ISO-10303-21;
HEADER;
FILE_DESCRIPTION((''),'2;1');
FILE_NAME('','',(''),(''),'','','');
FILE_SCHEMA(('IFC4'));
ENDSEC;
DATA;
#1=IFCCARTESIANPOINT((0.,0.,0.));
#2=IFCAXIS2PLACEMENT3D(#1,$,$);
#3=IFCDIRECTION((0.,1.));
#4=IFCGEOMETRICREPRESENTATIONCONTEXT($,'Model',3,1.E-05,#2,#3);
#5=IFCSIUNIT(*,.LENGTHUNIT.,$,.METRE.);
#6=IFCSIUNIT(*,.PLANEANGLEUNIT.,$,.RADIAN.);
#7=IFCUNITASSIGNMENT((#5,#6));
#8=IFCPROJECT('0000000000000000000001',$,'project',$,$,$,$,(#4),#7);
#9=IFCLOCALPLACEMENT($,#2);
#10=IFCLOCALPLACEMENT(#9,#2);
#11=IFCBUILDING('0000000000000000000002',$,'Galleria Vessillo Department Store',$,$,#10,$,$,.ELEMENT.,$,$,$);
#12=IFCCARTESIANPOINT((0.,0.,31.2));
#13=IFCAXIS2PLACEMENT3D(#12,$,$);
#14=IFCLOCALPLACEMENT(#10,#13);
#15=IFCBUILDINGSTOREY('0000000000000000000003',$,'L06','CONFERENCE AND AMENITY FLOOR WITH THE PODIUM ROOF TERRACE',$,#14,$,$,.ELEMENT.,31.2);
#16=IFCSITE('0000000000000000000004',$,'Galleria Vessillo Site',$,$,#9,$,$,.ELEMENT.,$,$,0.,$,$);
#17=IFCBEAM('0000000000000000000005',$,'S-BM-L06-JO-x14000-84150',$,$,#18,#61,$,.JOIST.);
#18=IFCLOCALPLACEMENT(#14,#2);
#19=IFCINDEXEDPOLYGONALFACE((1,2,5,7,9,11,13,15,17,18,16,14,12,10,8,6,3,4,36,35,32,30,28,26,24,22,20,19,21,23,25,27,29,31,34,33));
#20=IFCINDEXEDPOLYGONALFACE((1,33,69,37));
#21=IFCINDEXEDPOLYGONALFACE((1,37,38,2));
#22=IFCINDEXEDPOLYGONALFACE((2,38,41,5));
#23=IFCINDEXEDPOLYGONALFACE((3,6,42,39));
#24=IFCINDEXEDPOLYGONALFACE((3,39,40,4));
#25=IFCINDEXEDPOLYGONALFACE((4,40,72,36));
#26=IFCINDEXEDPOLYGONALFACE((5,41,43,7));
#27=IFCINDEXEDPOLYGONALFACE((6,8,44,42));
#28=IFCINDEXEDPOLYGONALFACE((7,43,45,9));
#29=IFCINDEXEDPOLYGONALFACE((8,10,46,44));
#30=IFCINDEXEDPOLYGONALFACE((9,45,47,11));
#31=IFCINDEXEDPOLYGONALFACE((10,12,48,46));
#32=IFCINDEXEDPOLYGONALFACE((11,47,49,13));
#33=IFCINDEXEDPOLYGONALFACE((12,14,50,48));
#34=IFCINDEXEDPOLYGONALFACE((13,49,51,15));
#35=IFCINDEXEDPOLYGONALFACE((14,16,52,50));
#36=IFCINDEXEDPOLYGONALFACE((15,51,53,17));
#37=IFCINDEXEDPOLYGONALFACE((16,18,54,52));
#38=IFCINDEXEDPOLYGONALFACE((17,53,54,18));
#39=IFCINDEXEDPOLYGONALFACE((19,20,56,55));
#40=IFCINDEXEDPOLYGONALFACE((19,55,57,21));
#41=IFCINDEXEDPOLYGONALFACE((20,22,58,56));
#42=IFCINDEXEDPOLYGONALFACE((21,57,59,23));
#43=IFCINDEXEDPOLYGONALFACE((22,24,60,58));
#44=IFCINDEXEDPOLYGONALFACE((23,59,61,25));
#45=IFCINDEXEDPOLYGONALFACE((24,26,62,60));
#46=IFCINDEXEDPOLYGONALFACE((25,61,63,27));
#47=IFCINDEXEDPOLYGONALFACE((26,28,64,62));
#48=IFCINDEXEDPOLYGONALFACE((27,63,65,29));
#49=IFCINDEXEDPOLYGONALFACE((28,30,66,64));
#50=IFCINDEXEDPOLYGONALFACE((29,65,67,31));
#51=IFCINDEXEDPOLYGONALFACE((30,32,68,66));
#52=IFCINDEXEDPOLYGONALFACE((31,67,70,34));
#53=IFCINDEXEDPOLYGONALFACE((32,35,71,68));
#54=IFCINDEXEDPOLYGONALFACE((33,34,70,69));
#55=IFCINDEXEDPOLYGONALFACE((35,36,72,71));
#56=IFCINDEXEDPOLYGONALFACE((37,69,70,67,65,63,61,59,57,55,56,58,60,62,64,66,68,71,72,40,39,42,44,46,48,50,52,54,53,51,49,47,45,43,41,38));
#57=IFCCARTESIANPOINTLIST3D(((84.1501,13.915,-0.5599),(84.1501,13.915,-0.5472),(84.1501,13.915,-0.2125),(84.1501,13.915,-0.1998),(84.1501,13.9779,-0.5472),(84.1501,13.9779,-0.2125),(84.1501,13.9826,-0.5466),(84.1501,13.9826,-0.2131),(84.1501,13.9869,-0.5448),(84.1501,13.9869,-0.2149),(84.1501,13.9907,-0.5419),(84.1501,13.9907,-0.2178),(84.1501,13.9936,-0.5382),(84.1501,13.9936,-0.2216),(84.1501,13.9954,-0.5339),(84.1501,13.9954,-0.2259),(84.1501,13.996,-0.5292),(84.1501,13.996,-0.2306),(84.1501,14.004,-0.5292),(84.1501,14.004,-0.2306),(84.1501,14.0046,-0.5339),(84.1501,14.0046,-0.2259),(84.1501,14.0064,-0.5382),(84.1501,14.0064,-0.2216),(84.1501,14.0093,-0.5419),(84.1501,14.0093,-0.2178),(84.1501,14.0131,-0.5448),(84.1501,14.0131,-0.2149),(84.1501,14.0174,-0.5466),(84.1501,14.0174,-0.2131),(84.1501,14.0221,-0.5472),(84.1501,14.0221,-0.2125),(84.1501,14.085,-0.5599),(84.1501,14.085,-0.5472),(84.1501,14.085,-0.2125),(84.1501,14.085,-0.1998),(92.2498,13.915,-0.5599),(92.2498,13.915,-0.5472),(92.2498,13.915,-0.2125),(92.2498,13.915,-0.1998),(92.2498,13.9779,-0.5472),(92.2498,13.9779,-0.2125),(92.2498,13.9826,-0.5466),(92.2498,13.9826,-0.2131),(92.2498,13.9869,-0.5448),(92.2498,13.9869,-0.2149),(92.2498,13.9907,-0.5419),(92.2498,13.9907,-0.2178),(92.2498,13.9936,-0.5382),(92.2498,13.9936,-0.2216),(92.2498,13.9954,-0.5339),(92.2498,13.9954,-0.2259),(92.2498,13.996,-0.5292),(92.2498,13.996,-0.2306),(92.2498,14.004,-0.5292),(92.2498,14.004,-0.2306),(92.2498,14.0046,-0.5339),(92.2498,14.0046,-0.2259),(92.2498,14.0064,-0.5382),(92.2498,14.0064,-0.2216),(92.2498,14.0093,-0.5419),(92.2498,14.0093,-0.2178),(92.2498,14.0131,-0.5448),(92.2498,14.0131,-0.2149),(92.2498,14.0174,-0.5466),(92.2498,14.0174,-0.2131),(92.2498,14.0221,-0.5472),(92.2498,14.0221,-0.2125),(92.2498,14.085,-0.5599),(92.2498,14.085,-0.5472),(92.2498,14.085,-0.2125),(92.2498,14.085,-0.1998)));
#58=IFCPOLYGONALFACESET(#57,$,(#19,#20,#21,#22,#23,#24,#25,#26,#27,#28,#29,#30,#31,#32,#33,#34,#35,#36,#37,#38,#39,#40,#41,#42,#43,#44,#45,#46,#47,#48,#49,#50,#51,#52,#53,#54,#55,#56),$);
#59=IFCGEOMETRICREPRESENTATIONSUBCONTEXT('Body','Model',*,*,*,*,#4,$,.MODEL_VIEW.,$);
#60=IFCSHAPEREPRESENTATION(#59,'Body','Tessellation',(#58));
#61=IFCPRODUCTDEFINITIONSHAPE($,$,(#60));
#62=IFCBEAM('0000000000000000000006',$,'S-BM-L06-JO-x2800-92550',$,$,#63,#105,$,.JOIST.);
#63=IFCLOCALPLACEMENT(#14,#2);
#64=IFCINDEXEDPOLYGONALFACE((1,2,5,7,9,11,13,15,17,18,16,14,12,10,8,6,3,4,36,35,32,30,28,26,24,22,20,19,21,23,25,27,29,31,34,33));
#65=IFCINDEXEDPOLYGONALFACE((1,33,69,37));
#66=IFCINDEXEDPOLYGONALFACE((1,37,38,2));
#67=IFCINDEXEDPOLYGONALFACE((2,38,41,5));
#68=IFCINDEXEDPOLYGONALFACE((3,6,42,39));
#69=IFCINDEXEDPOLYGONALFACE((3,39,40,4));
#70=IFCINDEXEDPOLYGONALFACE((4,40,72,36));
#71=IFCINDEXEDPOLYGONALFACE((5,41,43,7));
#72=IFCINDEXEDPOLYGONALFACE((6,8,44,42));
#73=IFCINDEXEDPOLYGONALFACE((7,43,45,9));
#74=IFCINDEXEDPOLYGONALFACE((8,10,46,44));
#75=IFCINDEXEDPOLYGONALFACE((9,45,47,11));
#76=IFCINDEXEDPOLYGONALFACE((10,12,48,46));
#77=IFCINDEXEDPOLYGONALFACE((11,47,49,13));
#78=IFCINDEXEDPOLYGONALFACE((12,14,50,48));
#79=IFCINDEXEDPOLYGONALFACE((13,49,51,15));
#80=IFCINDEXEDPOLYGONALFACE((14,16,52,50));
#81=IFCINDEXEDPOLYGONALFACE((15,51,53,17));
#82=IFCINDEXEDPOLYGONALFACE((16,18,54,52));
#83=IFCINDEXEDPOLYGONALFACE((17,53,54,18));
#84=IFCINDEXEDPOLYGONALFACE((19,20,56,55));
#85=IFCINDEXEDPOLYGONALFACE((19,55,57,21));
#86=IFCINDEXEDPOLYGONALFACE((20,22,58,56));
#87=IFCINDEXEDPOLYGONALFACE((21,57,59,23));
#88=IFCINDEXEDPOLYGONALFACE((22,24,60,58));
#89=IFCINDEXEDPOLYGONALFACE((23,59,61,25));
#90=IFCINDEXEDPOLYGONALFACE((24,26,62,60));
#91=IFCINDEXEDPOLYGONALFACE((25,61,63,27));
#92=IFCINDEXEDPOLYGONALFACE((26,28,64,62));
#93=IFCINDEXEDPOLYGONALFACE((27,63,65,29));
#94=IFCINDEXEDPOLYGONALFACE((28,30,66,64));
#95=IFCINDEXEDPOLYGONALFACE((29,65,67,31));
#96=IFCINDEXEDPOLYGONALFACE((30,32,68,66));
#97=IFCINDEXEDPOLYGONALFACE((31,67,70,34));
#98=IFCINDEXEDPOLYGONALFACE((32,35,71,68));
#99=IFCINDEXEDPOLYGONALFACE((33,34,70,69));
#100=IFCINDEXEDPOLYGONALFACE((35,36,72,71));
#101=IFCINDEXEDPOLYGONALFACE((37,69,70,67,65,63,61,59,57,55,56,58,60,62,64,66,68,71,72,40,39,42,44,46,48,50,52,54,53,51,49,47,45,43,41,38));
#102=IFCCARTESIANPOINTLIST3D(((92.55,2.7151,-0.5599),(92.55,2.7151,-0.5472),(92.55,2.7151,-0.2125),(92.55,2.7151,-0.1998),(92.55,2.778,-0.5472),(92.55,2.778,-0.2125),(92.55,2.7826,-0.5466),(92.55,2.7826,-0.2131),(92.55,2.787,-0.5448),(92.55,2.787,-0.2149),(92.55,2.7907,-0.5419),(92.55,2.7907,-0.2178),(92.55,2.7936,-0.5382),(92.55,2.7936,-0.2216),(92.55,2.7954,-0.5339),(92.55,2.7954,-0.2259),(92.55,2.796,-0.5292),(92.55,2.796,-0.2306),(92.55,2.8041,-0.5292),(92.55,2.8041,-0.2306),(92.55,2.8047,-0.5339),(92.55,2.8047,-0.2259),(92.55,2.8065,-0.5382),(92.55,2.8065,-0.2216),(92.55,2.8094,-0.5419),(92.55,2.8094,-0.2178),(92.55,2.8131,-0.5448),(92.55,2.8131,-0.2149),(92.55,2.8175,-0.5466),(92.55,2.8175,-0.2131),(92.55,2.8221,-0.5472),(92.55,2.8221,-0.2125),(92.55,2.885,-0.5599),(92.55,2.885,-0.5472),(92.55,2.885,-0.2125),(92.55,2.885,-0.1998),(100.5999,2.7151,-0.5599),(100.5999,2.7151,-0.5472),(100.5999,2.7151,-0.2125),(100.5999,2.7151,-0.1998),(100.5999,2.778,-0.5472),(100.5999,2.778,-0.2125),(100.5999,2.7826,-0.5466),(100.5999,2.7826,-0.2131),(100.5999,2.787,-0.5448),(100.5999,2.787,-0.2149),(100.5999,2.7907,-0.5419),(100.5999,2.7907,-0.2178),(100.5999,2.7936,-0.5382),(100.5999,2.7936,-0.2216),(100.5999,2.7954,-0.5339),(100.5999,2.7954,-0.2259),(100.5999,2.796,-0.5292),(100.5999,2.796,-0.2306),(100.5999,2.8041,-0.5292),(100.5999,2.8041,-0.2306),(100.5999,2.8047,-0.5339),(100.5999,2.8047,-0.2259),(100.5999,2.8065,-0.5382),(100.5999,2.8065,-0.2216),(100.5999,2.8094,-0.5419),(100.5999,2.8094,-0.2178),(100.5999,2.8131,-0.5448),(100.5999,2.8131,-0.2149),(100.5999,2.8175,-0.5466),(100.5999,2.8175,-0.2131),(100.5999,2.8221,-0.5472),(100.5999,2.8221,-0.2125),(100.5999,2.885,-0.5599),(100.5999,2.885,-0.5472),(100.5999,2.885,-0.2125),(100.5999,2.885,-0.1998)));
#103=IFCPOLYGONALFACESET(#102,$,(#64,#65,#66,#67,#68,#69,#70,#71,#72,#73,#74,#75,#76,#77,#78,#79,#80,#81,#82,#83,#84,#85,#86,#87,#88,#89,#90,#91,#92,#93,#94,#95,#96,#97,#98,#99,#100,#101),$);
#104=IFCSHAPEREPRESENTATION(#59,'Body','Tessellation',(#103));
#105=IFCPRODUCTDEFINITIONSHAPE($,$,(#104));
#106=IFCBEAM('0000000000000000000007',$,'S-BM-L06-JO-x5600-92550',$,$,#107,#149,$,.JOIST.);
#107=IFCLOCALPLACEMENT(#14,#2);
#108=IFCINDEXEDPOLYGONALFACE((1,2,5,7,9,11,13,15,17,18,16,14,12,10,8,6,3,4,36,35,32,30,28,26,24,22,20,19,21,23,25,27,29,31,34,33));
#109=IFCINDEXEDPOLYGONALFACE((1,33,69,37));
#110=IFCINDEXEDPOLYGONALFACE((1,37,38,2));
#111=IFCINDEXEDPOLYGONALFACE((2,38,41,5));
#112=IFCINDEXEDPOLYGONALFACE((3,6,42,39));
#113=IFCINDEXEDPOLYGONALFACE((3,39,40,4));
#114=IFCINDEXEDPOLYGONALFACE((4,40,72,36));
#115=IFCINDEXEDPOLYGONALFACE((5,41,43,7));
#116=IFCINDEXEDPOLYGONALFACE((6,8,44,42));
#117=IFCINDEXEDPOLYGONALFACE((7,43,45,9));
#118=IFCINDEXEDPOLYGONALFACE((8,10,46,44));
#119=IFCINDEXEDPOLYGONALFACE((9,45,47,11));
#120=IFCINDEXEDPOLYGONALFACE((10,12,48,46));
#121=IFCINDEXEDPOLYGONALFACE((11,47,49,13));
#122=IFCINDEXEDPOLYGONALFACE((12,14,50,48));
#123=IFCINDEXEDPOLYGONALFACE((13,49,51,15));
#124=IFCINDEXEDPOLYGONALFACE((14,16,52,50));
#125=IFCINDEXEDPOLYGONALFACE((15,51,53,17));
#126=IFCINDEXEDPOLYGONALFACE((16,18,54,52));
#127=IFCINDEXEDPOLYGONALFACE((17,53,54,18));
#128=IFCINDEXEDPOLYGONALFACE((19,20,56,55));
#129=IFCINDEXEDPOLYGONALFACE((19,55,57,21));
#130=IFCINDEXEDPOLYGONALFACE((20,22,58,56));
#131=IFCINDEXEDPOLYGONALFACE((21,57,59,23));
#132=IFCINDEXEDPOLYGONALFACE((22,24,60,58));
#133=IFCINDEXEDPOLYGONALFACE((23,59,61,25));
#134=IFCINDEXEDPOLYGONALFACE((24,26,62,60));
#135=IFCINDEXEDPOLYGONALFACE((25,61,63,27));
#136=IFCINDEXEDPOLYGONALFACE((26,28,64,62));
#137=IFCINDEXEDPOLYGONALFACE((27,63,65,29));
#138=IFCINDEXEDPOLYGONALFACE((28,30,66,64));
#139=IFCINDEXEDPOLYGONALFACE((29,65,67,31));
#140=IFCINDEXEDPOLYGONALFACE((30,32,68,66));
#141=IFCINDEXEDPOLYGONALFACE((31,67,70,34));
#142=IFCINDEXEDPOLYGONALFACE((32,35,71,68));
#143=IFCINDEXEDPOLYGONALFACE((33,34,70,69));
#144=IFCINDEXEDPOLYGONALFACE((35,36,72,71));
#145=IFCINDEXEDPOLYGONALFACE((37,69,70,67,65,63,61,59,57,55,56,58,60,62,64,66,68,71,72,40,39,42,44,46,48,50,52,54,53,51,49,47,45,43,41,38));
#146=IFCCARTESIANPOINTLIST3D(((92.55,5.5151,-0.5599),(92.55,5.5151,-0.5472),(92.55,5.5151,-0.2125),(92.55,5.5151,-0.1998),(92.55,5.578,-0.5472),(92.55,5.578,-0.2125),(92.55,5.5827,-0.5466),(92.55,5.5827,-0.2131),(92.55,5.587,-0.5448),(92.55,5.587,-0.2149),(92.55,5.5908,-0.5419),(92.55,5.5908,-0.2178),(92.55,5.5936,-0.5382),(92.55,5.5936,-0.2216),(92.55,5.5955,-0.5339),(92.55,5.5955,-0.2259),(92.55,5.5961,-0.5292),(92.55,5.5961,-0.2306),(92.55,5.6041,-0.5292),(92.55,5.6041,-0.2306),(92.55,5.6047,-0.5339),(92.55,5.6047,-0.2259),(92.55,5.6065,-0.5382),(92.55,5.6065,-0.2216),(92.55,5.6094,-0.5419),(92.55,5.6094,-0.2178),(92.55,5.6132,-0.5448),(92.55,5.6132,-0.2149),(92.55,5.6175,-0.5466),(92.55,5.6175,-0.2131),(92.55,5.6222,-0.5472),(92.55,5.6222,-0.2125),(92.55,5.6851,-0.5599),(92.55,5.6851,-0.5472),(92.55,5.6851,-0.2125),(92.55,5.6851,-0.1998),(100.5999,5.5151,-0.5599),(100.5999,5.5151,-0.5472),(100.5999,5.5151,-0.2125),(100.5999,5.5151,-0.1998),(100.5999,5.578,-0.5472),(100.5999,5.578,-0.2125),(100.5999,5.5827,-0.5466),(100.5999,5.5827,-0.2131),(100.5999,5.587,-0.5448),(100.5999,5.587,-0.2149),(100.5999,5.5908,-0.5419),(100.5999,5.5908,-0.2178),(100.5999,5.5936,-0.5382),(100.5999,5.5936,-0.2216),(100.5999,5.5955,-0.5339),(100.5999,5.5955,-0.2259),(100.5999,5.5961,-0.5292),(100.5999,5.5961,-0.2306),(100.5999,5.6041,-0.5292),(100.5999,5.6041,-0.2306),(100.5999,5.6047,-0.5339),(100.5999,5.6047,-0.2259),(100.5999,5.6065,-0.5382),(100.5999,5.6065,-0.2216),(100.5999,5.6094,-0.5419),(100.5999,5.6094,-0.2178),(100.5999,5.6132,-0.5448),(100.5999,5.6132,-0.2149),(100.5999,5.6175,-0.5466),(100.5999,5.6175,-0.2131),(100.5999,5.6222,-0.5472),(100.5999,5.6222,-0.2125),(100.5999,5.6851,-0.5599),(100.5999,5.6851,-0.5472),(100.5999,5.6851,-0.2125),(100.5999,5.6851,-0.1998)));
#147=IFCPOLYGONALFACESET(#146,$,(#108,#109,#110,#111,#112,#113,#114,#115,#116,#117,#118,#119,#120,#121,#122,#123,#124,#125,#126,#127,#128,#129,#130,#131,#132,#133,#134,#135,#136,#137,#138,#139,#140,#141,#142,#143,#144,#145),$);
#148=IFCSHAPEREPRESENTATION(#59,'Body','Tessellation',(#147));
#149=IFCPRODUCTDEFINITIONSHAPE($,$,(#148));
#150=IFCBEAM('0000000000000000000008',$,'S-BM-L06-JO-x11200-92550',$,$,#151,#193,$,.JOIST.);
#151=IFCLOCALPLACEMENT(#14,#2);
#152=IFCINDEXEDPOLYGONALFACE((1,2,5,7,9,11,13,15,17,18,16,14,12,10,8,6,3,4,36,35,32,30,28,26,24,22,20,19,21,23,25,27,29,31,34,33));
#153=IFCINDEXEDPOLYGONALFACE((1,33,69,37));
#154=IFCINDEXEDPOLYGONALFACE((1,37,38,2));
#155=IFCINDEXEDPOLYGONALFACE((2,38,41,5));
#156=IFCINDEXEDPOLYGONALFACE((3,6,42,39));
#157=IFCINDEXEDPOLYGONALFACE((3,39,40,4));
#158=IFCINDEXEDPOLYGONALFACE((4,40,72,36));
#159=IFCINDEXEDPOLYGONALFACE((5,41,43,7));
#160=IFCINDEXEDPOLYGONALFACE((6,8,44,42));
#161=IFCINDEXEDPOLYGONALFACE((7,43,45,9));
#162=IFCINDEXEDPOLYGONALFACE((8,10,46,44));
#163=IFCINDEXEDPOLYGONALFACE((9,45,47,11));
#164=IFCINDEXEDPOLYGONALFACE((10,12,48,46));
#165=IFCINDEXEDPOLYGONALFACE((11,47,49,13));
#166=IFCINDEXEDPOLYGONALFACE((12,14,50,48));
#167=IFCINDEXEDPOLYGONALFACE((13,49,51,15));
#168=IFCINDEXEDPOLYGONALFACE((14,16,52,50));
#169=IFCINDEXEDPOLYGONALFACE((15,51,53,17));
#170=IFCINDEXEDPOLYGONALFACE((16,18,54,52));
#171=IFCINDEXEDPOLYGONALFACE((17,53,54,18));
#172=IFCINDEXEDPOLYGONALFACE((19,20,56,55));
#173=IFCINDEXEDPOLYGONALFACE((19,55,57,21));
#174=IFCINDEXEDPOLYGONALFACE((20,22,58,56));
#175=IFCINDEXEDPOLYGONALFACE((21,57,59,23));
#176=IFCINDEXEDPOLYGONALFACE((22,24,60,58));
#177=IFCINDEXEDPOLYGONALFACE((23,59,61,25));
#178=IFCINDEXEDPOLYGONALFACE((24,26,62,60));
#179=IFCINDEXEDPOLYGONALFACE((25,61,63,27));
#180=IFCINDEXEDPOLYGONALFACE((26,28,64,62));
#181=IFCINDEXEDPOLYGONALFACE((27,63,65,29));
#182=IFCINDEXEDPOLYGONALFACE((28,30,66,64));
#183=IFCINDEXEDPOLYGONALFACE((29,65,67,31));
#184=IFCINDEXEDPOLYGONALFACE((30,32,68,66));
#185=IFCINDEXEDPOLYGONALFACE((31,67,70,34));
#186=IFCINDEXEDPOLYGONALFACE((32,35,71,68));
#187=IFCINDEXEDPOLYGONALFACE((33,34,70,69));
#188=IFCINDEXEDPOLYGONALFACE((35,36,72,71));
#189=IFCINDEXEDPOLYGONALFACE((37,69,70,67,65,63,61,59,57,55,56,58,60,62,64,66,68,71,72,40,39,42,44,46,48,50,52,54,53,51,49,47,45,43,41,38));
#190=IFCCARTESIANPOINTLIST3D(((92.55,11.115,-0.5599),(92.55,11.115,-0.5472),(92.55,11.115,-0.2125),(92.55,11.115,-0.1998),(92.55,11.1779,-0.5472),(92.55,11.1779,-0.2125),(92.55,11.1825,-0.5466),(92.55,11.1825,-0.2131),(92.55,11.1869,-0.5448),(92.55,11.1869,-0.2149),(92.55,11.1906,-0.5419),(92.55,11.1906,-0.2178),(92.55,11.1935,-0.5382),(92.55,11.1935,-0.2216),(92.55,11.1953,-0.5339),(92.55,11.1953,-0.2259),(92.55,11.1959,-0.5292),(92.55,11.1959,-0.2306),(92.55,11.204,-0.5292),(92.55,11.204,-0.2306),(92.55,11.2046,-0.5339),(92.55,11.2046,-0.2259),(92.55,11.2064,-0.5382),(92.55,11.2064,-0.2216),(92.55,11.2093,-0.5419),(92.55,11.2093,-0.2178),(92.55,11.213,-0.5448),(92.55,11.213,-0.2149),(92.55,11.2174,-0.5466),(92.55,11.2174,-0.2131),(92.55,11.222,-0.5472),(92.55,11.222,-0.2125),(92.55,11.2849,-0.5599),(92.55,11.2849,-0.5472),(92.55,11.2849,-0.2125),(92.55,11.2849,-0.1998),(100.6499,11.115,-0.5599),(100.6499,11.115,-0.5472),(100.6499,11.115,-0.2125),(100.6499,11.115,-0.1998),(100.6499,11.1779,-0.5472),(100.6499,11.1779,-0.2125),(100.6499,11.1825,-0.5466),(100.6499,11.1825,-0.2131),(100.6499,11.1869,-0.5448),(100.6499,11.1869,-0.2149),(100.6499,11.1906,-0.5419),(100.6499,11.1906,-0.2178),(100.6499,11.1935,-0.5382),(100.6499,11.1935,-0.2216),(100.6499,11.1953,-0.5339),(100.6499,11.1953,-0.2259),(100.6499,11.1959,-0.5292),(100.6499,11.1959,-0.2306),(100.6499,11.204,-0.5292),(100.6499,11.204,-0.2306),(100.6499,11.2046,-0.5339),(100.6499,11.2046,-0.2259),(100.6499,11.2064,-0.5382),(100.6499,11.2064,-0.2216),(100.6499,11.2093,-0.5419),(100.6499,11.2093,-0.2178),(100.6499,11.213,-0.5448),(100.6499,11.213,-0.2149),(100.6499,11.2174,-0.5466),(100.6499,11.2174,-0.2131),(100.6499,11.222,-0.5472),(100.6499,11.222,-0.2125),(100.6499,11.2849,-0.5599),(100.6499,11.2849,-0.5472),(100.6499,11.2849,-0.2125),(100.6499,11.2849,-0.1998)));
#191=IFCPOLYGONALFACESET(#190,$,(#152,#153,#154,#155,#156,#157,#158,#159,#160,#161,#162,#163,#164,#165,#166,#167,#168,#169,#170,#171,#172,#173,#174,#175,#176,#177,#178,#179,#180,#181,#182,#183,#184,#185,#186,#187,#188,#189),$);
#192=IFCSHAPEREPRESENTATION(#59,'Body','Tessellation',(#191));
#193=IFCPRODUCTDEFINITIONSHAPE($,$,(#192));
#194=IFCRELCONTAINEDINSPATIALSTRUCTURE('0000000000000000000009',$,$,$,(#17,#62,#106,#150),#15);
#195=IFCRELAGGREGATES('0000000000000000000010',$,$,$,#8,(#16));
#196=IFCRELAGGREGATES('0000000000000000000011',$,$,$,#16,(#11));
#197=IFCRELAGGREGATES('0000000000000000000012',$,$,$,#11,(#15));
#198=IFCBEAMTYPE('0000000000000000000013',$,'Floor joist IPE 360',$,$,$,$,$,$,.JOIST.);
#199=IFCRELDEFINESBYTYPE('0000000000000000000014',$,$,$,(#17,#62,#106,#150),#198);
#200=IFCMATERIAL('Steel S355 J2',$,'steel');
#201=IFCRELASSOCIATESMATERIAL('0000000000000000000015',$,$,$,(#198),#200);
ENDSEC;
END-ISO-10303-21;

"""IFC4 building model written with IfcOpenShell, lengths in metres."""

from ifc_helpers import new_model, si_unit, direction, frame, origin, origin_2d, place, context, subcontext, project, spatial, i_section, extrude, material, material_profile, profile_set, type_object, element, save


model = new_model("IFC4")

# Units and contexts
model_context = context("Model", 3, precision=1e-05, world=origin(), true_north=direction((0.0, 1.0)))
body_context = subcontext(model_context, "Body", "Model", "MODEL_VIEW")
ifc_project = project(units=[si_unit("LENGTHUNIT", "METRE"), si_unit("PLANEANGLEUNIT", "RADIAN")], contexts=[model_context])

# Site, building, storey
site_placement = place(None, origin())
site = spatial("IfcSite", under=ifc_project, at=site_placement, Name="Galleria Vessillo Site", CompositionType="ELEMENT", RefElevation=0.0)
building_placement = place(site_placement, origin())
building = spatial("IfcBuilding", under=site, at=building_placement, Name="Galleria Vessillo Department Store", CompositionType="ELEMENT")
storey_placement = place(building_placement, frame((0.0, 0.0, 31.2)))
storey = spatial("IfcBuildingStorey", under=building, at=storey_placement, Name="L06", Description="CONFERENCE AND AMENITY FLOOR WITH THE PODIUM ROOF TERRACE", CompositionType="ELEMENT", Elevation=31.2)

# Beams
ifc_material_1 = material(Name="Steel S355 J2", Category="steel")
ifc_material_profile_1 = material_profile(ifc_material_1, i_section(OverallWidth=0.1699, OverallDepth=0.3601, WebThickness=0.0081, FlangeThickness=0.0127, FilletRadius=0.0181, at=origin_2d()), Name="IPE 360")
ifc_profile_set_1 = profile_set([ifc_material_profile_1], Name="Steel S355 J2")
beam_type_1 = type_object("IfcBeamType", Name="Floor joist IPE 360", PredefinedType="JOIST", material=ifc_profile_set_1)
for number, where, z_axis, x_axis, name in (
    (1, (84.1501, 14.0, -0.3799), (1.0, 0.0, 0.0), (0.0, 1.0, 0.0), "S-BM-L06-JO-x14000-84150"),
):
    element("IfcBeam", number, at=place(storey_placement, frame(where, z_axis=z_axis, x_axis=x_axis)), inside=storey, type_object=beam_type_1, Name=name, PredefinedType="JOIST", context=body_context, shape_type="SweptSolid", body=[
        extrude(i_section(OverallWidth=0.1699, OverallDepth=0.3601, WebThickness=0.0081, FlangeThickness=0.0127, FilletRadius=0.0181, at=origin_2d()), origin(), (0.0, 0.0, 1.0), 8.0996),
    ])
for number, where, z_axis, x_axis, name in (
    (2, (92.55, 2.8, -0.3799), (1.0, 0.0, 0.0), (0.0, 1.0, 0.0), "S-BM-L06-JO-x2800-92550"),
    (3, (92.55, 5.6001, -0.3799), (1.0, 0.0, 0.0), (0.0, 1.0, 0.0), "S-BM-L06-JO-x5600-92550"),
):
    element("IfcBeam", number, at=place(storey_placement, frame(where, z_axis=z_axis, x_axis=x_axis)), inside=storey, type_object=beam_type_1, Name=name, PredefinedType="JOIST", context=body_context, shape_type="SweptSolid", body=[
        extrude(i_section(OverallWidth=0.1699, OverallDepth=0.3601, WebThickness=0.0081, FlangeThickness=0.0127, FilletRadius=0.0181, at=origin_2d()), origin(), (0.0, 0.0, 1.0), 8.0498),
    ])
for number, where, z_axis, x_axis, name in (
    (4, (92.55, 11.2, -0.3799), (1.0, 0.0, 0.0), (0.0, 1.0, 0.0), "S-BM-L06-JO-x11200-92550"),
):
    element("IfcBeam", number, at=place(storey_placement, frame(where, z_axis=z_axis, x_axis=x_axis)), inside=storey, type_object=beam_type_1, Name=name, PredefinedType="JOIST", context=body_context, shape_type="SweptSolid", body=[
        extrude(i_section(OverallWidth=0.1699, OverallDepth=0.3601, WebThickness=0.0081, FlangeThickness=0.0127, FilletRadius=0.0181, at=origin_2d()), origin(), (0.0, 0.0, 1.0), 8.0999),
    ])

save(model, "model.ifc")
